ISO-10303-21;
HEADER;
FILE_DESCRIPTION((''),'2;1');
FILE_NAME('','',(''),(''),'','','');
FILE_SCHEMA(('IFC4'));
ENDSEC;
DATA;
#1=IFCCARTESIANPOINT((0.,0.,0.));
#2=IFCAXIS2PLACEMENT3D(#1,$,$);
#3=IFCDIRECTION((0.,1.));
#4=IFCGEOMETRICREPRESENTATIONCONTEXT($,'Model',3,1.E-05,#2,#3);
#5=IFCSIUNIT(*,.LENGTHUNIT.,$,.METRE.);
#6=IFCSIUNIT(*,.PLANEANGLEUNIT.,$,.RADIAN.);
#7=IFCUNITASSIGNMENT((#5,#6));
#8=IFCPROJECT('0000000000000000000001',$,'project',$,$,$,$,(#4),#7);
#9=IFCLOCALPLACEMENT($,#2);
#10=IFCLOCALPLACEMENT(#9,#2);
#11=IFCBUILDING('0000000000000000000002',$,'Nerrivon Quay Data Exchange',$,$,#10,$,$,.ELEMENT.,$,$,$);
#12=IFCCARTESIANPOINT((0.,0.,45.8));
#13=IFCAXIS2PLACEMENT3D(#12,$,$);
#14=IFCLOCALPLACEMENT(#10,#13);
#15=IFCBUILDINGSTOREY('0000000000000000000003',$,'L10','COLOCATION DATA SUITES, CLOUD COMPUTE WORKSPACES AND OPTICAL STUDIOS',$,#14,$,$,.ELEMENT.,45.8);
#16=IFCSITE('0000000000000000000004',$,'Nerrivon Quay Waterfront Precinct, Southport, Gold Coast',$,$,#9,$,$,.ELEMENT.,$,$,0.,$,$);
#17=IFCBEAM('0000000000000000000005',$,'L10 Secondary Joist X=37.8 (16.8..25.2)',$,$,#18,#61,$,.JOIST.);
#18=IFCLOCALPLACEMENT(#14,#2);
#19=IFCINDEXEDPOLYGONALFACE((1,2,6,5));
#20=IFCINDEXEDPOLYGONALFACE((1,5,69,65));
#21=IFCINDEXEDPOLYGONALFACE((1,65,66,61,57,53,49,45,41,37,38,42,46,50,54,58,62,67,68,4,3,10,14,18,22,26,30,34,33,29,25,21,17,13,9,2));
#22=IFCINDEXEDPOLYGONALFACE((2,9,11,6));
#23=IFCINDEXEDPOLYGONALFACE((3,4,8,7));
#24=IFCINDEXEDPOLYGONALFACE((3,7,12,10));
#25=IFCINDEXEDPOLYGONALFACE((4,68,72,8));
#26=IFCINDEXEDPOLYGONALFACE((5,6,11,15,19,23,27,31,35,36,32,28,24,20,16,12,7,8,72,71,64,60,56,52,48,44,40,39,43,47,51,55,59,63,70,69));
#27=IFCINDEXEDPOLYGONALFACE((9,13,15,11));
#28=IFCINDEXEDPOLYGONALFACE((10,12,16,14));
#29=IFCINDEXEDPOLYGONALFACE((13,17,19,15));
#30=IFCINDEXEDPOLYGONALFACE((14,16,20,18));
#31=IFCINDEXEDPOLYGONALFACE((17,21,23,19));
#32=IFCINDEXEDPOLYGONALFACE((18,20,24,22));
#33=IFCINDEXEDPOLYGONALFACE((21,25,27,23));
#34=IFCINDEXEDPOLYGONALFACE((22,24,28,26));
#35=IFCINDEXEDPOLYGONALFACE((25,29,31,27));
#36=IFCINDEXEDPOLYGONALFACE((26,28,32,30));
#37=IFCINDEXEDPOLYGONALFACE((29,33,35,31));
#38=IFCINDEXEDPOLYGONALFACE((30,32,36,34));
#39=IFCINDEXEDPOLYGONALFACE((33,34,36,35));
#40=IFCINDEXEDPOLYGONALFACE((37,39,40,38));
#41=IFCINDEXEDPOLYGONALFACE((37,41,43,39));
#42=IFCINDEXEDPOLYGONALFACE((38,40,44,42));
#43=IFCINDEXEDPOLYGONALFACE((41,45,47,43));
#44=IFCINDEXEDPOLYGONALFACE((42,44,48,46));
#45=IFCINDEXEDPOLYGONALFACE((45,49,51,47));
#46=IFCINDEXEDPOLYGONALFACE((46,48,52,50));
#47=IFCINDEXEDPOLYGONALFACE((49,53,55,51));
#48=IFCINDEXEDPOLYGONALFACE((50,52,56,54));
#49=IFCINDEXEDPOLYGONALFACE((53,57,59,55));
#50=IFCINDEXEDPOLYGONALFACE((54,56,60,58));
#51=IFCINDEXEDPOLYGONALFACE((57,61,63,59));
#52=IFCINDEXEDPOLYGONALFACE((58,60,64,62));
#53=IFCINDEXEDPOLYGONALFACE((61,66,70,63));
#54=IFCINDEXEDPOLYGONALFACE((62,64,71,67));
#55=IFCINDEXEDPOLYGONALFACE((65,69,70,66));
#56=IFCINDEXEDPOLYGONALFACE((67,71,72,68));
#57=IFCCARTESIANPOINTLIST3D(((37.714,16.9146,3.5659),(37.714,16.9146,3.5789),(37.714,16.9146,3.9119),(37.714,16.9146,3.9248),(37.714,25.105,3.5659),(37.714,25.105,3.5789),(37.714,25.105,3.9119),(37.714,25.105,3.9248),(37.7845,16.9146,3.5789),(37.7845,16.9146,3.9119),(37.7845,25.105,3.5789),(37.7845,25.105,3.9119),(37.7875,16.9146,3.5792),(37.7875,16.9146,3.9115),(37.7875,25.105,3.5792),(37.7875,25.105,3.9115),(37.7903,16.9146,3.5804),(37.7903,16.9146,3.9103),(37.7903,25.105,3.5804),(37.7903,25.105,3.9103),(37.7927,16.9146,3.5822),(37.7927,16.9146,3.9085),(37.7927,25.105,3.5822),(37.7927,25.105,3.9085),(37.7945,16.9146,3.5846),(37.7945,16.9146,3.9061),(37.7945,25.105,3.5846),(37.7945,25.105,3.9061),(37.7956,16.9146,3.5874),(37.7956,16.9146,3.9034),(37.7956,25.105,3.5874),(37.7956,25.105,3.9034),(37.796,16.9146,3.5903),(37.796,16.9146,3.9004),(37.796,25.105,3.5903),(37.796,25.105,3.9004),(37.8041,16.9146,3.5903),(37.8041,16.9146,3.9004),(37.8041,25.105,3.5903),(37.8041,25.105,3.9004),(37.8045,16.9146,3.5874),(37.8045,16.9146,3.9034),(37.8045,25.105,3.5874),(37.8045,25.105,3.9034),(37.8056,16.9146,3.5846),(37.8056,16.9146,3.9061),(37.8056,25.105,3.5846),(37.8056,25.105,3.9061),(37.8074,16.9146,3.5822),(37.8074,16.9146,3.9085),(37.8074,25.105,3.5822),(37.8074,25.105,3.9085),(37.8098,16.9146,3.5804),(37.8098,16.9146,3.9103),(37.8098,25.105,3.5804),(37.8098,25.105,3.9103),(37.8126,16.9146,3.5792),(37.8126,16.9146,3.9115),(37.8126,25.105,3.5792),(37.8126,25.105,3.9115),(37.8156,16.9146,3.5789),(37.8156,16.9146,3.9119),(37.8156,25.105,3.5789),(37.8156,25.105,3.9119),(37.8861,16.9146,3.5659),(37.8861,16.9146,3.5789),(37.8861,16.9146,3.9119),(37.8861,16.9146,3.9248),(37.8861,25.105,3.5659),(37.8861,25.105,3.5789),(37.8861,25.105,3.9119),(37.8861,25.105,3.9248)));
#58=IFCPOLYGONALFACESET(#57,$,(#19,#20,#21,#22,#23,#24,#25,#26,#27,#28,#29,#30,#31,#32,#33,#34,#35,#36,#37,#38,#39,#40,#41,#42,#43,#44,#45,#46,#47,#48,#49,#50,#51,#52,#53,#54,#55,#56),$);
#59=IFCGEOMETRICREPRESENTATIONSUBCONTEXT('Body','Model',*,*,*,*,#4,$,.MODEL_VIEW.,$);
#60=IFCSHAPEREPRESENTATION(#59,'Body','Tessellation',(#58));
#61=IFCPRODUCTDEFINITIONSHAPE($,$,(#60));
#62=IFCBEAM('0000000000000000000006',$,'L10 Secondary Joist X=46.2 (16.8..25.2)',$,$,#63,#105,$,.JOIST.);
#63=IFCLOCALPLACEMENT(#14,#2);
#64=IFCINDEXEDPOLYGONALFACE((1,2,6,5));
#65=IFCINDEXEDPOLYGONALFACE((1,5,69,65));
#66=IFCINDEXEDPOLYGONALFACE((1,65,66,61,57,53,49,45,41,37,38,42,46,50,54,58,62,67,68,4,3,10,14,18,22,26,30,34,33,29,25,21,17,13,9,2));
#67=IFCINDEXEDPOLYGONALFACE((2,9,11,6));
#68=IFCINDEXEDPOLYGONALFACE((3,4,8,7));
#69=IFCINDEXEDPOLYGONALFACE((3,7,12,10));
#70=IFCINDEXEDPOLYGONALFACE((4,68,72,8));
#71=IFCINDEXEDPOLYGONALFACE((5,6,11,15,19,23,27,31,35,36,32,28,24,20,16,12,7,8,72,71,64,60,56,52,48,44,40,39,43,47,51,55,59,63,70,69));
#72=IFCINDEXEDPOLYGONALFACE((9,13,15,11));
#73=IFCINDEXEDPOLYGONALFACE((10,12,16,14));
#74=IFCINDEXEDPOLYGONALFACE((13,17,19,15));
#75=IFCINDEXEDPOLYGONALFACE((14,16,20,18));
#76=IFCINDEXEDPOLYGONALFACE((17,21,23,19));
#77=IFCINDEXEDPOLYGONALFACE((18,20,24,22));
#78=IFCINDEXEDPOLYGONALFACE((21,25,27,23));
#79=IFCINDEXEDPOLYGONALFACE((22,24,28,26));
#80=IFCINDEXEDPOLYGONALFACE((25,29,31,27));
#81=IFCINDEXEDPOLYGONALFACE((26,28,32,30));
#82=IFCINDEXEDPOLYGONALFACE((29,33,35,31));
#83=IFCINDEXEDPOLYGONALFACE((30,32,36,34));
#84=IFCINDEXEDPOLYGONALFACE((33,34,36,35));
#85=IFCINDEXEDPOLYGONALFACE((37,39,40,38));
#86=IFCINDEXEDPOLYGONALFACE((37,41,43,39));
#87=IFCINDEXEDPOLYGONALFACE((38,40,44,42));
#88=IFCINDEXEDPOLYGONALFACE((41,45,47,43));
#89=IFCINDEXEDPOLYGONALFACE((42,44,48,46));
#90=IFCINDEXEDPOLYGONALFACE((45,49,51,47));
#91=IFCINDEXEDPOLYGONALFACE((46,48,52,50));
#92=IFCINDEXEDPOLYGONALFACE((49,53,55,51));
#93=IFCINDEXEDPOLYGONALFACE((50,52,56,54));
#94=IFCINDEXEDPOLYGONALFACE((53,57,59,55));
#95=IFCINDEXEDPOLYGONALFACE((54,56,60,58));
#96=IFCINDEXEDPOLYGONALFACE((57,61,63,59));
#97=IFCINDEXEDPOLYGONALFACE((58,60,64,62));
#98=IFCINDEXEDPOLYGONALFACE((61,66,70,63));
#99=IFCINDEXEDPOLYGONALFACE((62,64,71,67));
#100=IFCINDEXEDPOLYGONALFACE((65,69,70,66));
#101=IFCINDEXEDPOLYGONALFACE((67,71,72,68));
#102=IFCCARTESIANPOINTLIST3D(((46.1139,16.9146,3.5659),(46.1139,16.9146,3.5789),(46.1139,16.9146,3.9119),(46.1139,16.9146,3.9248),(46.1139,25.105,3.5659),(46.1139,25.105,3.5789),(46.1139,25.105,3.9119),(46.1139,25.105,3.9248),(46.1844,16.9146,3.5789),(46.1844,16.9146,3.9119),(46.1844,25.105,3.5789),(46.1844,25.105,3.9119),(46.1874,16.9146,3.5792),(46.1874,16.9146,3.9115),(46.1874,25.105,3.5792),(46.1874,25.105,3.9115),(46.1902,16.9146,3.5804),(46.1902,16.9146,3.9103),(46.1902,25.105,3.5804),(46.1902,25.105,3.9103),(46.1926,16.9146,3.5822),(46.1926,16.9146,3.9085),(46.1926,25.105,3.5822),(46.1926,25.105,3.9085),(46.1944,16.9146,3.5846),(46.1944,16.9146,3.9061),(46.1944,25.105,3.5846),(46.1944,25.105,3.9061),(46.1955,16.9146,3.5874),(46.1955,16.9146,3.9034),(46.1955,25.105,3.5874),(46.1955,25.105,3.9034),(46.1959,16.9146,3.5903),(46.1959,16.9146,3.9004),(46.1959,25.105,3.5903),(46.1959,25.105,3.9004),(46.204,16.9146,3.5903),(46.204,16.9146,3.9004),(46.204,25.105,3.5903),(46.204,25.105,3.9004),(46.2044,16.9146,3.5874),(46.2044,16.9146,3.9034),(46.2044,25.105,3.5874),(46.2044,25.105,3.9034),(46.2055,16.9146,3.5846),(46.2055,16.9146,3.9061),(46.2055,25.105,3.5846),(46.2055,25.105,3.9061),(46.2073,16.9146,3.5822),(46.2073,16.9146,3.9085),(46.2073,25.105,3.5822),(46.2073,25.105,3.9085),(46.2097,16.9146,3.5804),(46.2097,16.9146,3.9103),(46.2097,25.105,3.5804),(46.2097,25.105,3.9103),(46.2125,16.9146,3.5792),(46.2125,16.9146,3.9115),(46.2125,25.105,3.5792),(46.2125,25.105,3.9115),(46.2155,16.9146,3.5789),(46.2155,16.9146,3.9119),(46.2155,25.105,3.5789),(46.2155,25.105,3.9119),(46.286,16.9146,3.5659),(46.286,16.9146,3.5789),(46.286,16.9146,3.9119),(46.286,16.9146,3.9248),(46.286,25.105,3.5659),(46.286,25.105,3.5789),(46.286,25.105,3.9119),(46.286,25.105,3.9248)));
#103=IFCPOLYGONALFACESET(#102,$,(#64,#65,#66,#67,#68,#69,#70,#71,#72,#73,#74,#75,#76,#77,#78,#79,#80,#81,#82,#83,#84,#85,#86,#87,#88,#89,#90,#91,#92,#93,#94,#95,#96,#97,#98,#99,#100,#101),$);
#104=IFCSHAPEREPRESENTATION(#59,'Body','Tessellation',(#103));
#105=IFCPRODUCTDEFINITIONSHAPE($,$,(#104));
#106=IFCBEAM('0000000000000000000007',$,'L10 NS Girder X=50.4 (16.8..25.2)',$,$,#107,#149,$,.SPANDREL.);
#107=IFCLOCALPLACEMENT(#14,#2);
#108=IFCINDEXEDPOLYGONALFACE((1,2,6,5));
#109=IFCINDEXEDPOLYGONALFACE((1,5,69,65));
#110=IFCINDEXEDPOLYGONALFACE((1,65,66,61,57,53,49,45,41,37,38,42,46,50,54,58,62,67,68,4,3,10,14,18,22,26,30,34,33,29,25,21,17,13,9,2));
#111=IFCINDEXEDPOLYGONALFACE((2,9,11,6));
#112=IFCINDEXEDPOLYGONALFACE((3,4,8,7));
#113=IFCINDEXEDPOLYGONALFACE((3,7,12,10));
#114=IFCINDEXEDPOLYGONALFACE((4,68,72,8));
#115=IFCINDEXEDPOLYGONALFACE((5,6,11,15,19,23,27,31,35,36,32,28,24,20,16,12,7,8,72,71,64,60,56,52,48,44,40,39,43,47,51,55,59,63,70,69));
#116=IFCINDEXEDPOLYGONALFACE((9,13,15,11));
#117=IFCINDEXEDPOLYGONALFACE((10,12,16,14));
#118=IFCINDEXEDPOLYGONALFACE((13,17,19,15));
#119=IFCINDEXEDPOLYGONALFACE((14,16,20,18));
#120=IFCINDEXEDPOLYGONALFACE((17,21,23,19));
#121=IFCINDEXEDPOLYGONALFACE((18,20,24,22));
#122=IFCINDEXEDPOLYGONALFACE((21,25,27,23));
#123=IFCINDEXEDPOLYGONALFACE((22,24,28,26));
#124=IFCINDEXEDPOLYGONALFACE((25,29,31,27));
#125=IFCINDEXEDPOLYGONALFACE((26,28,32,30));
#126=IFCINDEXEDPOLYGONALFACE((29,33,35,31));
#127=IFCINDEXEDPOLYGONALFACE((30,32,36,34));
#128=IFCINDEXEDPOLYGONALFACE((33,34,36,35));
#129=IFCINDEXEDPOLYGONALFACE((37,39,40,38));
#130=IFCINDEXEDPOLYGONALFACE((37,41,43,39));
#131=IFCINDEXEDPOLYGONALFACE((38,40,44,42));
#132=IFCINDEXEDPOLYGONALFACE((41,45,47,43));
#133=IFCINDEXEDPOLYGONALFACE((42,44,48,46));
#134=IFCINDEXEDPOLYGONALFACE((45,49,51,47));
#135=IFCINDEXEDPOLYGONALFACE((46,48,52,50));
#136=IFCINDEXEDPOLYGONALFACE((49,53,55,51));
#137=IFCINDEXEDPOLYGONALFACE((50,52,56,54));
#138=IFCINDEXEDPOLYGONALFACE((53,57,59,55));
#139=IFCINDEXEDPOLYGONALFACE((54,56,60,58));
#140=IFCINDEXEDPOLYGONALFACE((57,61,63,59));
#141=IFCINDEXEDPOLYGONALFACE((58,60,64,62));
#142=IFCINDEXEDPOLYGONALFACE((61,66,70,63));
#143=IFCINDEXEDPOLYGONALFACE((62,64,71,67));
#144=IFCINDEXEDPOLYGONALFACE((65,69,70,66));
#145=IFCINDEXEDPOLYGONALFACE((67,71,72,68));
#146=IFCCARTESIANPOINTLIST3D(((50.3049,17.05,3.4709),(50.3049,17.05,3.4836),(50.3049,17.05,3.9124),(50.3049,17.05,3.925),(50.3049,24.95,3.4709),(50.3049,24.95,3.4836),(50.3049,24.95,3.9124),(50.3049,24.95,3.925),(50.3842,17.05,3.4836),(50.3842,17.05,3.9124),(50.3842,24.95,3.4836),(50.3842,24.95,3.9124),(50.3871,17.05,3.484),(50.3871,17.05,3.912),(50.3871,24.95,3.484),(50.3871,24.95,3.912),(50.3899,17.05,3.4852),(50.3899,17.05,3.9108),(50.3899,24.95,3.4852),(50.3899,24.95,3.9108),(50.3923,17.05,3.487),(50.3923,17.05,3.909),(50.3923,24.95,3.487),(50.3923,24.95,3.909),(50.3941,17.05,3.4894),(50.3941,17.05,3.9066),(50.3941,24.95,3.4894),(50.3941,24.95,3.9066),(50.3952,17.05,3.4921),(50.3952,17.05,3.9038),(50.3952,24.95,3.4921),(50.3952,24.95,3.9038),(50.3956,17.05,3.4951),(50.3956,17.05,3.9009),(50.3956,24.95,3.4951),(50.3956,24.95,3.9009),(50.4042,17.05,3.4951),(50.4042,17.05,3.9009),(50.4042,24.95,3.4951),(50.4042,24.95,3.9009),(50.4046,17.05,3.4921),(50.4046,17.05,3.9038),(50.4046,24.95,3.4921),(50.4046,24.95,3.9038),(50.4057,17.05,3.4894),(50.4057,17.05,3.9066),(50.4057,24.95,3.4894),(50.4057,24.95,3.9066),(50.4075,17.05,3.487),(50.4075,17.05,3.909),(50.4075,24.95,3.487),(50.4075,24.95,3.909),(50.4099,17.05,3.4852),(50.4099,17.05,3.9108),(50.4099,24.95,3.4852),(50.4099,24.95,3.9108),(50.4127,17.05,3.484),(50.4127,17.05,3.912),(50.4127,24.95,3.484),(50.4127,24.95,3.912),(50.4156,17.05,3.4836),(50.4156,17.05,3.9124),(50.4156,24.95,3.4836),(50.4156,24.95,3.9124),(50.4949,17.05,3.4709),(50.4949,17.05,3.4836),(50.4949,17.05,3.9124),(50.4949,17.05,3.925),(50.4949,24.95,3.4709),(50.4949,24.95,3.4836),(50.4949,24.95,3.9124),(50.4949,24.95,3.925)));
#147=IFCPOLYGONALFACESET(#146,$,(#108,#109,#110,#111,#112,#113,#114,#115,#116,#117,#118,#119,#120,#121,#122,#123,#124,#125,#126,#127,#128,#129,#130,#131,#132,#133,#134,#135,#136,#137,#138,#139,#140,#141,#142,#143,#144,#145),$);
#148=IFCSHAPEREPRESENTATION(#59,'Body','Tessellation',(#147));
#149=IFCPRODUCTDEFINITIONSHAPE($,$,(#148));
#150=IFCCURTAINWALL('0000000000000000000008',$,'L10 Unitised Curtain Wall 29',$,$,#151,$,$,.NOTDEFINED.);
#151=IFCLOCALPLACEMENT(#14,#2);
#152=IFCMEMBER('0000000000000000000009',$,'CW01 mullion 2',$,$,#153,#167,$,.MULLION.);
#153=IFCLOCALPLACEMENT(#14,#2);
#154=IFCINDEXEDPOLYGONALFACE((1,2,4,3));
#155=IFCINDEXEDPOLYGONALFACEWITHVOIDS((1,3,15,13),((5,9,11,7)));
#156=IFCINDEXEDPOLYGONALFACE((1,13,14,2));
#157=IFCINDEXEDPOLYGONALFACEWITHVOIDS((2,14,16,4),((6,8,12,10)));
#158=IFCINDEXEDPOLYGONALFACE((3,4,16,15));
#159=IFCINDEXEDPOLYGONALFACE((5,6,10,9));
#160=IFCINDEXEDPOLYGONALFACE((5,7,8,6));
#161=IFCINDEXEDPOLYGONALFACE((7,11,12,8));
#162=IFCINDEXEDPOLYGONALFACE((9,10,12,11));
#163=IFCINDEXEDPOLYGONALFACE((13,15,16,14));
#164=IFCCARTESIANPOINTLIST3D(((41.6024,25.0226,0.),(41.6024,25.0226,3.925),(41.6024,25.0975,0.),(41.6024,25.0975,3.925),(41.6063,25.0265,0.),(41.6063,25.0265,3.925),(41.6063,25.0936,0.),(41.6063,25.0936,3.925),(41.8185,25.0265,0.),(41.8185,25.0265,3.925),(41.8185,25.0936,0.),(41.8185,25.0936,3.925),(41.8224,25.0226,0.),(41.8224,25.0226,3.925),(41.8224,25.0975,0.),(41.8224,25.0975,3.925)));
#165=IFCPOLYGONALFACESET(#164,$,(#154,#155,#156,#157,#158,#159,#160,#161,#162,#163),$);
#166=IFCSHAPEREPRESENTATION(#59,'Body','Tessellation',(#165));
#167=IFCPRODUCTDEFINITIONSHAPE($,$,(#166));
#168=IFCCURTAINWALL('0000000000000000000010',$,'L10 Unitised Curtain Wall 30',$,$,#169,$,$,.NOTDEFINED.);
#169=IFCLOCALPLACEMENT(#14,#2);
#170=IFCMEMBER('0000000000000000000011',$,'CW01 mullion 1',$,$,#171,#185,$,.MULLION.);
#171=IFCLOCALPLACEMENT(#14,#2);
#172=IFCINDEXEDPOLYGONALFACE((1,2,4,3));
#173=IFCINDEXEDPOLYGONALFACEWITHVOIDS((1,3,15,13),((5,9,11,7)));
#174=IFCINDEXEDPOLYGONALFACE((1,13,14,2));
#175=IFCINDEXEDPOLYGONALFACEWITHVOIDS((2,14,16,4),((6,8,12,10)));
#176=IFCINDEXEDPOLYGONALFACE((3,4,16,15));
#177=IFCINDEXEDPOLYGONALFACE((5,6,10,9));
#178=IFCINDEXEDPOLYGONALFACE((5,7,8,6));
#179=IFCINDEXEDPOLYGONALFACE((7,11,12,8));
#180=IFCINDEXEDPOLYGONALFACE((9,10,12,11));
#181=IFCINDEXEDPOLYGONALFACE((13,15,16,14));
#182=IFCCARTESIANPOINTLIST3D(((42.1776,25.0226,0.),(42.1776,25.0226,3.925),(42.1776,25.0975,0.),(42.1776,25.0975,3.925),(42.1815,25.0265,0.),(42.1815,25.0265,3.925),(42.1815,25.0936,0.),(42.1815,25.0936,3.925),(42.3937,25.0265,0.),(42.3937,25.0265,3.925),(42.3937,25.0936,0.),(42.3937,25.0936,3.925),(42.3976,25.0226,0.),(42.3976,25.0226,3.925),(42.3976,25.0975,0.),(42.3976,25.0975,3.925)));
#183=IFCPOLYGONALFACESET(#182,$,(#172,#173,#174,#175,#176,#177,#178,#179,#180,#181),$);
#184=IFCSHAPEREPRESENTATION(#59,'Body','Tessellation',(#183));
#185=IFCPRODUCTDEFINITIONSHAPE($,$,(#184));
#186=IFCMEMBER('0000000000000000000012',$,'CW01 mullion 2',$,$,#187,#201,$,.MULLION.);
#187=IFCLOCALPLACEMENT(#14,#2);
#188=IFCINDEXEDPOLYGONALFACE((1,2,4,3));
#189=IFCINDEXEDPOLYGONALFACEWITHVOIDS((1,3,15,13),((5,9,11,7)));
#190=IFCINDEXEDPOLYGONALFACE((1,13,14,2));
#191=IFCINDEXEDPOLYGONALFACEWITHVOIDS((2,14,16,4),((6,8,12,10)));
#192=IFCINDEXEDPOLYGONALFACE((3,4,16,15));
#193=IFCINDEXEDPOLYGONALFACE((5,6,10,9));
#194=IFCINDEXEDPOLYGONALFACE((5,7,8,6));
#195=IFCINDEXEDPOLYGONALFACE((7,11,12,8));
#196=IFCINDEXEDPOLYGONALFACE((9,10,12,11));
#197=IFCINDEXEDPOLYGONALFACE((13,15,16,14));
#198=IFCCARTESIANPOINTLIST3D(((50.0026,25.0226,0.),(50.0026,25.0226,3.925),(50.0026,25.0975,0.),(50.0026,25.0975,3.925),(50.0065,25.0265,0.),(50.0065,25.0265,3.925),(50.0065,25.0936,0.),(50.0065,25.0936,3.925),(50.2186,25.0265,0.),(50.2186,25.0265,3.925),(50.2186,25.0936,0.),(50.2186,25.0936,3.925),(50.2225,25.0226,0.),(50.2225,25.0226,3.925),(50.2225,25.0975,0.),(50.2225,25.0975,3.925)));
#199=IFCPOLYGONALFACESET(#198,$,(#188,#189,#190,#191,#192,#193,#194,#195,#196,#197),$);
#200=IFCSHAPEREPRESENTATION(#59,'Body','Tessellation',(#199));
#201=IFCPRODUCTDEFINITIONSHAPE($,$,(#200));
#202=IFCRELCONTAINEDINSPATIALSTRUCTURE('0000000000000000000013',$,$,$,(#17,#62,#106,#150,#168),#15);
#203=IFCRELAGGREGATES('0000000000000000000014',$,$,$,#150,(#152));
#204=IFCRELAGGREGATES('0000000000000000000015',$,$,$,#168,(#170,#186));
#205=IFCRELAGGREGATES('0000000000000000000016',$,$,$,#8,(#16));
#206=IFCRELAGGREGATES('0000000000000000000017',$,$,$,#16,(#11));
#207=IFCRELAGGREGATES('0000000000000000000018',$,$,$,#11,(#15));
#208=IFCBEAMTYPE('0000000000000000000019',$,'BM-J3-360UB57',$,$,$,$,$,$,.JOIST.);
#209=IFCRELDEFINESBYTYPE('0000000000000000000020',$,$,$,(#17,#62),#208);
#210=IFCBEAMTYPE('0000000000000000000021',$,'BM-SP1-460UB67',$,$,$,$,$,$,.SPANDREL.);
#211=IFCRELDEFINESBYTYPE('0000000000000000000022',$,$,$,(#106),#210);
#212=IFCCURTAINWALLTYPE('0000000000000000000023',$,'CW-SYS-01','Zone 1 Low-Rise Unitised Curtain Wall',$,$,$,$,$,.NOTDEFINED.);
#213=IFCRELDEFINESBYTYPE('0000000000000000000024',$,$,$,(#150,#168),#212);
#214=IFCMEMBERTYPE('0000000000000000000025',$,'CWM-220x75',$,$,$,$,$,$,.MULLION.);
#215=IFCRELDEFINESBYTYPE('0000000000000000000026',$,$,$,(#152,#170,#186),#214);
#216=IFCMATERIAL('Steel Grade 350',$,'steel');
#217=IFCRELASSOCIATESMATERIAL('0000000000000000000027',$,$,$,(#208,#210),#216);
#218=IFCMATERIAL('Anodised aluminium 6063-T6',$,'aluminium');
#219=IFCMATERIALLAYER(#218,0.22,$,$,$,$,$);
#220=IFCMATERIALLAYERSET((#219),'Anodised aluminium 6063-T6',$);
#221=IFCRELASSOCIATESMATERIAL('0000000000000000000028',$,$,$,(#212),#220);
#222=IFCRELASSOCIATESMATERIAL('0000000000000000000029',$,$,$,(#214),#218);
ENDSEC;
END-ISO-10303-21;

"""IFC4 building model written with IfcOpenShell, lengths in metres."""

from ifc_helpers import new_model, si_unit, direction, frame, origin, origin_2d, place, context, subcontext, project, spatial, hollow_rectangle, i_section, extrude, material, layer, layer_set, material_profile, profile_set, type_object, element, aggregate, save


model = new_model("IFC4")

# Units and contexts
model_context = context("Model", 3, precision=1e-05, world=origin(), true_north=direction((0.0, 1.0)))
body_context = subcontext(model_context, "Body", "Model", "MODEL_VIEW")
ifc_project = project(units=[si_unit("LENGTHUNIT", "METRE"), si_unit("PLANEANGLEUNIT", "RADIAN")], contexts=[model_context])

# Site, building, storey
site_placement = place(None, origin())
site = spatial("IfcSite", under=ifc_project, at=site_placement, Name="Nerrivon Quay Waterfront Precinct, Southport, Gold Coast", CompositionType="ELEMENT", RefElevation=0.0)
building_placement = place(site_placement, origin())
building = spatial("IfcBuilding", under=site, at=building_placement, Name="Nerrivon Quay Data Exchange", CompositionType="ELEMENT")
storey_placement = place(building_placement, frame((0.0, 0.0, 45.8)))
storey = spatial("IfcBuildingStorey", under=building, at=storey_placement, Name="L10", Description="COLOCATION DATA SUITES, CLOUD COMPUTE WORKSPACES AND OPTICAL STUDIOS", CompositionType="ELEMENT", Elevation=45.8)

# Shared definitions
ifc_material_1 = material(Name="Steel Grade 350", Category="steel")

# Beams
ifc_material_profile_1 = material_profile(ifc_material_1, i_section(OverallWidth=0.1721, OverallDepth=0.3589, WebThickness=0.0081, FlangeThickness=0.0129, FilletRadius=0.0115, at=origin_2d()), Name="360UB56.7")
ifc_profile_set_1 = profile_set([ifc_material_profile_1], Name="Steel Grade 350")
beam_type_1 = type_object("IfcBeamType", Name="BM-J3-360UB57", PredefinedType="JOIST", material=ifc_profile_set_1)
for number, where, z_axis, x_axis, name in (
    (1, (37.8, 16.9146, 3.7454), (0.0, 1.0, 0.0), (-1.0, 0.0, 0.0), "L10 Secondary Joist X=37.8 (16.8..25.2)"),
    (2, (46.2, 16.9146, 3.7454), (0.0, 1.0, 0.0), (-1.0, 0.0, 0.0), "L10 Secondary Joist X=46.2 (16.8..25.2)"),
):
    element("IfcBeam", number, at=place(storey_placement, frame(where, z_axis=z_axis, x_axis=x_axis)), inside=storey, type_object=beam_type_1, Name=name, PredefinedType="JOIST", context=body_context, shape_type="SweptSolid", body=[
        extrude(i_section(OverallWidth=0.1721, OverallDepth=0.3589, WebThickness=0.0081, FlangeThickness=0.0129, FilletRadius=0.0115, at=origin_2d()), origin(), (0.0, 0.0, 1.0), 8.1904),
    ])
ifc_material_profile_2 = material_profile(ifc_material_1, i_section(OverallWidth=0.1899, OverallDepth=0.4541, WebThickness=0.0085, FlangeThickness=0.0127, FilletRadius=0.0115, at=origin_2d()), Name="460UB67.1")
ifc_profile_set_2 = profile_set([ifc_material_profile_2], Name="Steel Grade 350")
beam_type_2 = type_object("IfcBeamType", Name="BM-SP1-460UB67", PredefinedType="SPANDREL", material=ifc_profile_set_2)
beam_1_placement = place(storey_placement, frame((50.3999, 17.05, 3.698), z_axis=(0.0, 1.0, 0.0), x_axis=(-1.0, 0.0, 0.0)))
element("IfcBeam", 3, at=beam_1_placement, inside=storey, type_object=beam_type_2, Name="L10 NS Girder X=50.4 (16.8..25.2)", PredefinedType="SPANDREL", context=body_context, shape_type="SweptSolid", body=[
    extrude(i_section(OverallWidth=0.1899, OverallDepth=0.4541, WebThickness=0.0085, FlangeThickness=0.0127, FilletRadius=0.0115, at=origin_2d()), origin(), (0.0, 0.0, 1.0), 7.8999),
])

# Curtain wall, member
ifc_material_2 = material(Name="Anodised aluminium 6063-T6", Category="aluminium")
ifc_layer_1 = layer(ifc_material_2, 0.22)
ifc_layer_set_1 = layer_set([ifc_layer_1], Name="Anodised aluminium 6063-T6")
curtain_wall_type = type_object("IfcCurtainWallType", Name="CW-SYS-01", Description="Zone 1 Low-Rise Unitised Curtain Wall", PredefinedType="NOTDEFINED", material=ifc_layer_set_1)
curtain_wall_1_placement = place(storey_placement, origin())
curtain_wall_1 = element("IfcCurtainWall", 4, at=curtain_wall_1_placement, inside=storey, type_object=curtain_wall_type, Name="L10 Unitised Curtain Wall 29", PredefinedType="NOTDEFINED")
ifc_material_profile_3 = material_profile(ifc_material_2, hollow_rectangle(XDim=0.075, YDim=0.22, WallThickness=0.0039, at=origin_2d()), Name="ALU-MULL-220x75")
ifc_profile_set_3 = profile_set([ifc_material_profile_3], Name="Anodised aluminium 6063-T6")
member_type_1 = type_object("IfcMemberType", Name="CWM-220x75", PredefinedType="MULLION", material=ifc_profile_set_3)
member_1_placement = place(storey_placement, frame((41.7124, 25.0601, 0.0), z_axis=(0.0, 0.0, 1.0), x_axis=(0.0, 1.0, 0.0)))
member_1 = element("IfcMember", 5, at=member_1_placement, type_object=member_type_1, Name="CW01 mullion 2", PredefinedType="MULLION", context=body_context, shape_type="SweptSolid", body=[
    extrude(hollow_rectangle(XDim=0.075, YDim=0.22, WallThickness=0.0039, at=origin_2d()), origin(), (0.0, 0.0, 1.0), 3.925),
])

# Curtain wall, members
curtain_wall_2_placement = place(storey_placement, origin())
curtain_wall_2 = element("IfcCurtainWall", 6, at=curtain_wall_2_placement, inside=storey, type_object=curtain_wall_type, Name="L10 Unitised Curtain Wall 30", PredefinedType="NOTDEFINED")
member_2_placement = place(storey_placement, frame((42.2876, 25.0601, 0.0), z_axis=(0.0, 0.0, 1.0), x_axis=(0.0, 1.0, 0.0)))
member_2 = element("IfcMember", 7, at=member_2_placement, type_object=member_type_1, Name="CW01 mullion 1", PredefinedType="MULLION", context=body_context, shape_type="SweptSolid", body=[
    extrude(hollow_rectangle(XDim=0.075, YDim=0.22, WallThickness=0.0039, at=origin_2d()), origin(), (0.0, 0.0, 1.0), 3.925),
])
member_3_placement = place(storey_placement, frame((50.1125, 25.0601, 0.0), z_axis=(0.0, 0.0, 1.0), x_axis=(0.0, 1.0, 0.0)))
member_3 = element("IfcMember", 8, at=member_3_placement, type_object=member_type_1, Name="CW01 mullion 2", PredefinedType="MULLION", context=body_context, shape_type="SweptSolid", body=[
    extrude(hollow_rectangle(XDim=0.075, YDim=0.22, WallThickness=0.0039, at=origin_2d()), origin(), (0.0, 0.0, 1.0), 3.925),
])

aggregate(curtain_wall_1, [member_1])
aggregate(curtain_wall_2, [member_2, member_3])

save(model, "model.ifc")
